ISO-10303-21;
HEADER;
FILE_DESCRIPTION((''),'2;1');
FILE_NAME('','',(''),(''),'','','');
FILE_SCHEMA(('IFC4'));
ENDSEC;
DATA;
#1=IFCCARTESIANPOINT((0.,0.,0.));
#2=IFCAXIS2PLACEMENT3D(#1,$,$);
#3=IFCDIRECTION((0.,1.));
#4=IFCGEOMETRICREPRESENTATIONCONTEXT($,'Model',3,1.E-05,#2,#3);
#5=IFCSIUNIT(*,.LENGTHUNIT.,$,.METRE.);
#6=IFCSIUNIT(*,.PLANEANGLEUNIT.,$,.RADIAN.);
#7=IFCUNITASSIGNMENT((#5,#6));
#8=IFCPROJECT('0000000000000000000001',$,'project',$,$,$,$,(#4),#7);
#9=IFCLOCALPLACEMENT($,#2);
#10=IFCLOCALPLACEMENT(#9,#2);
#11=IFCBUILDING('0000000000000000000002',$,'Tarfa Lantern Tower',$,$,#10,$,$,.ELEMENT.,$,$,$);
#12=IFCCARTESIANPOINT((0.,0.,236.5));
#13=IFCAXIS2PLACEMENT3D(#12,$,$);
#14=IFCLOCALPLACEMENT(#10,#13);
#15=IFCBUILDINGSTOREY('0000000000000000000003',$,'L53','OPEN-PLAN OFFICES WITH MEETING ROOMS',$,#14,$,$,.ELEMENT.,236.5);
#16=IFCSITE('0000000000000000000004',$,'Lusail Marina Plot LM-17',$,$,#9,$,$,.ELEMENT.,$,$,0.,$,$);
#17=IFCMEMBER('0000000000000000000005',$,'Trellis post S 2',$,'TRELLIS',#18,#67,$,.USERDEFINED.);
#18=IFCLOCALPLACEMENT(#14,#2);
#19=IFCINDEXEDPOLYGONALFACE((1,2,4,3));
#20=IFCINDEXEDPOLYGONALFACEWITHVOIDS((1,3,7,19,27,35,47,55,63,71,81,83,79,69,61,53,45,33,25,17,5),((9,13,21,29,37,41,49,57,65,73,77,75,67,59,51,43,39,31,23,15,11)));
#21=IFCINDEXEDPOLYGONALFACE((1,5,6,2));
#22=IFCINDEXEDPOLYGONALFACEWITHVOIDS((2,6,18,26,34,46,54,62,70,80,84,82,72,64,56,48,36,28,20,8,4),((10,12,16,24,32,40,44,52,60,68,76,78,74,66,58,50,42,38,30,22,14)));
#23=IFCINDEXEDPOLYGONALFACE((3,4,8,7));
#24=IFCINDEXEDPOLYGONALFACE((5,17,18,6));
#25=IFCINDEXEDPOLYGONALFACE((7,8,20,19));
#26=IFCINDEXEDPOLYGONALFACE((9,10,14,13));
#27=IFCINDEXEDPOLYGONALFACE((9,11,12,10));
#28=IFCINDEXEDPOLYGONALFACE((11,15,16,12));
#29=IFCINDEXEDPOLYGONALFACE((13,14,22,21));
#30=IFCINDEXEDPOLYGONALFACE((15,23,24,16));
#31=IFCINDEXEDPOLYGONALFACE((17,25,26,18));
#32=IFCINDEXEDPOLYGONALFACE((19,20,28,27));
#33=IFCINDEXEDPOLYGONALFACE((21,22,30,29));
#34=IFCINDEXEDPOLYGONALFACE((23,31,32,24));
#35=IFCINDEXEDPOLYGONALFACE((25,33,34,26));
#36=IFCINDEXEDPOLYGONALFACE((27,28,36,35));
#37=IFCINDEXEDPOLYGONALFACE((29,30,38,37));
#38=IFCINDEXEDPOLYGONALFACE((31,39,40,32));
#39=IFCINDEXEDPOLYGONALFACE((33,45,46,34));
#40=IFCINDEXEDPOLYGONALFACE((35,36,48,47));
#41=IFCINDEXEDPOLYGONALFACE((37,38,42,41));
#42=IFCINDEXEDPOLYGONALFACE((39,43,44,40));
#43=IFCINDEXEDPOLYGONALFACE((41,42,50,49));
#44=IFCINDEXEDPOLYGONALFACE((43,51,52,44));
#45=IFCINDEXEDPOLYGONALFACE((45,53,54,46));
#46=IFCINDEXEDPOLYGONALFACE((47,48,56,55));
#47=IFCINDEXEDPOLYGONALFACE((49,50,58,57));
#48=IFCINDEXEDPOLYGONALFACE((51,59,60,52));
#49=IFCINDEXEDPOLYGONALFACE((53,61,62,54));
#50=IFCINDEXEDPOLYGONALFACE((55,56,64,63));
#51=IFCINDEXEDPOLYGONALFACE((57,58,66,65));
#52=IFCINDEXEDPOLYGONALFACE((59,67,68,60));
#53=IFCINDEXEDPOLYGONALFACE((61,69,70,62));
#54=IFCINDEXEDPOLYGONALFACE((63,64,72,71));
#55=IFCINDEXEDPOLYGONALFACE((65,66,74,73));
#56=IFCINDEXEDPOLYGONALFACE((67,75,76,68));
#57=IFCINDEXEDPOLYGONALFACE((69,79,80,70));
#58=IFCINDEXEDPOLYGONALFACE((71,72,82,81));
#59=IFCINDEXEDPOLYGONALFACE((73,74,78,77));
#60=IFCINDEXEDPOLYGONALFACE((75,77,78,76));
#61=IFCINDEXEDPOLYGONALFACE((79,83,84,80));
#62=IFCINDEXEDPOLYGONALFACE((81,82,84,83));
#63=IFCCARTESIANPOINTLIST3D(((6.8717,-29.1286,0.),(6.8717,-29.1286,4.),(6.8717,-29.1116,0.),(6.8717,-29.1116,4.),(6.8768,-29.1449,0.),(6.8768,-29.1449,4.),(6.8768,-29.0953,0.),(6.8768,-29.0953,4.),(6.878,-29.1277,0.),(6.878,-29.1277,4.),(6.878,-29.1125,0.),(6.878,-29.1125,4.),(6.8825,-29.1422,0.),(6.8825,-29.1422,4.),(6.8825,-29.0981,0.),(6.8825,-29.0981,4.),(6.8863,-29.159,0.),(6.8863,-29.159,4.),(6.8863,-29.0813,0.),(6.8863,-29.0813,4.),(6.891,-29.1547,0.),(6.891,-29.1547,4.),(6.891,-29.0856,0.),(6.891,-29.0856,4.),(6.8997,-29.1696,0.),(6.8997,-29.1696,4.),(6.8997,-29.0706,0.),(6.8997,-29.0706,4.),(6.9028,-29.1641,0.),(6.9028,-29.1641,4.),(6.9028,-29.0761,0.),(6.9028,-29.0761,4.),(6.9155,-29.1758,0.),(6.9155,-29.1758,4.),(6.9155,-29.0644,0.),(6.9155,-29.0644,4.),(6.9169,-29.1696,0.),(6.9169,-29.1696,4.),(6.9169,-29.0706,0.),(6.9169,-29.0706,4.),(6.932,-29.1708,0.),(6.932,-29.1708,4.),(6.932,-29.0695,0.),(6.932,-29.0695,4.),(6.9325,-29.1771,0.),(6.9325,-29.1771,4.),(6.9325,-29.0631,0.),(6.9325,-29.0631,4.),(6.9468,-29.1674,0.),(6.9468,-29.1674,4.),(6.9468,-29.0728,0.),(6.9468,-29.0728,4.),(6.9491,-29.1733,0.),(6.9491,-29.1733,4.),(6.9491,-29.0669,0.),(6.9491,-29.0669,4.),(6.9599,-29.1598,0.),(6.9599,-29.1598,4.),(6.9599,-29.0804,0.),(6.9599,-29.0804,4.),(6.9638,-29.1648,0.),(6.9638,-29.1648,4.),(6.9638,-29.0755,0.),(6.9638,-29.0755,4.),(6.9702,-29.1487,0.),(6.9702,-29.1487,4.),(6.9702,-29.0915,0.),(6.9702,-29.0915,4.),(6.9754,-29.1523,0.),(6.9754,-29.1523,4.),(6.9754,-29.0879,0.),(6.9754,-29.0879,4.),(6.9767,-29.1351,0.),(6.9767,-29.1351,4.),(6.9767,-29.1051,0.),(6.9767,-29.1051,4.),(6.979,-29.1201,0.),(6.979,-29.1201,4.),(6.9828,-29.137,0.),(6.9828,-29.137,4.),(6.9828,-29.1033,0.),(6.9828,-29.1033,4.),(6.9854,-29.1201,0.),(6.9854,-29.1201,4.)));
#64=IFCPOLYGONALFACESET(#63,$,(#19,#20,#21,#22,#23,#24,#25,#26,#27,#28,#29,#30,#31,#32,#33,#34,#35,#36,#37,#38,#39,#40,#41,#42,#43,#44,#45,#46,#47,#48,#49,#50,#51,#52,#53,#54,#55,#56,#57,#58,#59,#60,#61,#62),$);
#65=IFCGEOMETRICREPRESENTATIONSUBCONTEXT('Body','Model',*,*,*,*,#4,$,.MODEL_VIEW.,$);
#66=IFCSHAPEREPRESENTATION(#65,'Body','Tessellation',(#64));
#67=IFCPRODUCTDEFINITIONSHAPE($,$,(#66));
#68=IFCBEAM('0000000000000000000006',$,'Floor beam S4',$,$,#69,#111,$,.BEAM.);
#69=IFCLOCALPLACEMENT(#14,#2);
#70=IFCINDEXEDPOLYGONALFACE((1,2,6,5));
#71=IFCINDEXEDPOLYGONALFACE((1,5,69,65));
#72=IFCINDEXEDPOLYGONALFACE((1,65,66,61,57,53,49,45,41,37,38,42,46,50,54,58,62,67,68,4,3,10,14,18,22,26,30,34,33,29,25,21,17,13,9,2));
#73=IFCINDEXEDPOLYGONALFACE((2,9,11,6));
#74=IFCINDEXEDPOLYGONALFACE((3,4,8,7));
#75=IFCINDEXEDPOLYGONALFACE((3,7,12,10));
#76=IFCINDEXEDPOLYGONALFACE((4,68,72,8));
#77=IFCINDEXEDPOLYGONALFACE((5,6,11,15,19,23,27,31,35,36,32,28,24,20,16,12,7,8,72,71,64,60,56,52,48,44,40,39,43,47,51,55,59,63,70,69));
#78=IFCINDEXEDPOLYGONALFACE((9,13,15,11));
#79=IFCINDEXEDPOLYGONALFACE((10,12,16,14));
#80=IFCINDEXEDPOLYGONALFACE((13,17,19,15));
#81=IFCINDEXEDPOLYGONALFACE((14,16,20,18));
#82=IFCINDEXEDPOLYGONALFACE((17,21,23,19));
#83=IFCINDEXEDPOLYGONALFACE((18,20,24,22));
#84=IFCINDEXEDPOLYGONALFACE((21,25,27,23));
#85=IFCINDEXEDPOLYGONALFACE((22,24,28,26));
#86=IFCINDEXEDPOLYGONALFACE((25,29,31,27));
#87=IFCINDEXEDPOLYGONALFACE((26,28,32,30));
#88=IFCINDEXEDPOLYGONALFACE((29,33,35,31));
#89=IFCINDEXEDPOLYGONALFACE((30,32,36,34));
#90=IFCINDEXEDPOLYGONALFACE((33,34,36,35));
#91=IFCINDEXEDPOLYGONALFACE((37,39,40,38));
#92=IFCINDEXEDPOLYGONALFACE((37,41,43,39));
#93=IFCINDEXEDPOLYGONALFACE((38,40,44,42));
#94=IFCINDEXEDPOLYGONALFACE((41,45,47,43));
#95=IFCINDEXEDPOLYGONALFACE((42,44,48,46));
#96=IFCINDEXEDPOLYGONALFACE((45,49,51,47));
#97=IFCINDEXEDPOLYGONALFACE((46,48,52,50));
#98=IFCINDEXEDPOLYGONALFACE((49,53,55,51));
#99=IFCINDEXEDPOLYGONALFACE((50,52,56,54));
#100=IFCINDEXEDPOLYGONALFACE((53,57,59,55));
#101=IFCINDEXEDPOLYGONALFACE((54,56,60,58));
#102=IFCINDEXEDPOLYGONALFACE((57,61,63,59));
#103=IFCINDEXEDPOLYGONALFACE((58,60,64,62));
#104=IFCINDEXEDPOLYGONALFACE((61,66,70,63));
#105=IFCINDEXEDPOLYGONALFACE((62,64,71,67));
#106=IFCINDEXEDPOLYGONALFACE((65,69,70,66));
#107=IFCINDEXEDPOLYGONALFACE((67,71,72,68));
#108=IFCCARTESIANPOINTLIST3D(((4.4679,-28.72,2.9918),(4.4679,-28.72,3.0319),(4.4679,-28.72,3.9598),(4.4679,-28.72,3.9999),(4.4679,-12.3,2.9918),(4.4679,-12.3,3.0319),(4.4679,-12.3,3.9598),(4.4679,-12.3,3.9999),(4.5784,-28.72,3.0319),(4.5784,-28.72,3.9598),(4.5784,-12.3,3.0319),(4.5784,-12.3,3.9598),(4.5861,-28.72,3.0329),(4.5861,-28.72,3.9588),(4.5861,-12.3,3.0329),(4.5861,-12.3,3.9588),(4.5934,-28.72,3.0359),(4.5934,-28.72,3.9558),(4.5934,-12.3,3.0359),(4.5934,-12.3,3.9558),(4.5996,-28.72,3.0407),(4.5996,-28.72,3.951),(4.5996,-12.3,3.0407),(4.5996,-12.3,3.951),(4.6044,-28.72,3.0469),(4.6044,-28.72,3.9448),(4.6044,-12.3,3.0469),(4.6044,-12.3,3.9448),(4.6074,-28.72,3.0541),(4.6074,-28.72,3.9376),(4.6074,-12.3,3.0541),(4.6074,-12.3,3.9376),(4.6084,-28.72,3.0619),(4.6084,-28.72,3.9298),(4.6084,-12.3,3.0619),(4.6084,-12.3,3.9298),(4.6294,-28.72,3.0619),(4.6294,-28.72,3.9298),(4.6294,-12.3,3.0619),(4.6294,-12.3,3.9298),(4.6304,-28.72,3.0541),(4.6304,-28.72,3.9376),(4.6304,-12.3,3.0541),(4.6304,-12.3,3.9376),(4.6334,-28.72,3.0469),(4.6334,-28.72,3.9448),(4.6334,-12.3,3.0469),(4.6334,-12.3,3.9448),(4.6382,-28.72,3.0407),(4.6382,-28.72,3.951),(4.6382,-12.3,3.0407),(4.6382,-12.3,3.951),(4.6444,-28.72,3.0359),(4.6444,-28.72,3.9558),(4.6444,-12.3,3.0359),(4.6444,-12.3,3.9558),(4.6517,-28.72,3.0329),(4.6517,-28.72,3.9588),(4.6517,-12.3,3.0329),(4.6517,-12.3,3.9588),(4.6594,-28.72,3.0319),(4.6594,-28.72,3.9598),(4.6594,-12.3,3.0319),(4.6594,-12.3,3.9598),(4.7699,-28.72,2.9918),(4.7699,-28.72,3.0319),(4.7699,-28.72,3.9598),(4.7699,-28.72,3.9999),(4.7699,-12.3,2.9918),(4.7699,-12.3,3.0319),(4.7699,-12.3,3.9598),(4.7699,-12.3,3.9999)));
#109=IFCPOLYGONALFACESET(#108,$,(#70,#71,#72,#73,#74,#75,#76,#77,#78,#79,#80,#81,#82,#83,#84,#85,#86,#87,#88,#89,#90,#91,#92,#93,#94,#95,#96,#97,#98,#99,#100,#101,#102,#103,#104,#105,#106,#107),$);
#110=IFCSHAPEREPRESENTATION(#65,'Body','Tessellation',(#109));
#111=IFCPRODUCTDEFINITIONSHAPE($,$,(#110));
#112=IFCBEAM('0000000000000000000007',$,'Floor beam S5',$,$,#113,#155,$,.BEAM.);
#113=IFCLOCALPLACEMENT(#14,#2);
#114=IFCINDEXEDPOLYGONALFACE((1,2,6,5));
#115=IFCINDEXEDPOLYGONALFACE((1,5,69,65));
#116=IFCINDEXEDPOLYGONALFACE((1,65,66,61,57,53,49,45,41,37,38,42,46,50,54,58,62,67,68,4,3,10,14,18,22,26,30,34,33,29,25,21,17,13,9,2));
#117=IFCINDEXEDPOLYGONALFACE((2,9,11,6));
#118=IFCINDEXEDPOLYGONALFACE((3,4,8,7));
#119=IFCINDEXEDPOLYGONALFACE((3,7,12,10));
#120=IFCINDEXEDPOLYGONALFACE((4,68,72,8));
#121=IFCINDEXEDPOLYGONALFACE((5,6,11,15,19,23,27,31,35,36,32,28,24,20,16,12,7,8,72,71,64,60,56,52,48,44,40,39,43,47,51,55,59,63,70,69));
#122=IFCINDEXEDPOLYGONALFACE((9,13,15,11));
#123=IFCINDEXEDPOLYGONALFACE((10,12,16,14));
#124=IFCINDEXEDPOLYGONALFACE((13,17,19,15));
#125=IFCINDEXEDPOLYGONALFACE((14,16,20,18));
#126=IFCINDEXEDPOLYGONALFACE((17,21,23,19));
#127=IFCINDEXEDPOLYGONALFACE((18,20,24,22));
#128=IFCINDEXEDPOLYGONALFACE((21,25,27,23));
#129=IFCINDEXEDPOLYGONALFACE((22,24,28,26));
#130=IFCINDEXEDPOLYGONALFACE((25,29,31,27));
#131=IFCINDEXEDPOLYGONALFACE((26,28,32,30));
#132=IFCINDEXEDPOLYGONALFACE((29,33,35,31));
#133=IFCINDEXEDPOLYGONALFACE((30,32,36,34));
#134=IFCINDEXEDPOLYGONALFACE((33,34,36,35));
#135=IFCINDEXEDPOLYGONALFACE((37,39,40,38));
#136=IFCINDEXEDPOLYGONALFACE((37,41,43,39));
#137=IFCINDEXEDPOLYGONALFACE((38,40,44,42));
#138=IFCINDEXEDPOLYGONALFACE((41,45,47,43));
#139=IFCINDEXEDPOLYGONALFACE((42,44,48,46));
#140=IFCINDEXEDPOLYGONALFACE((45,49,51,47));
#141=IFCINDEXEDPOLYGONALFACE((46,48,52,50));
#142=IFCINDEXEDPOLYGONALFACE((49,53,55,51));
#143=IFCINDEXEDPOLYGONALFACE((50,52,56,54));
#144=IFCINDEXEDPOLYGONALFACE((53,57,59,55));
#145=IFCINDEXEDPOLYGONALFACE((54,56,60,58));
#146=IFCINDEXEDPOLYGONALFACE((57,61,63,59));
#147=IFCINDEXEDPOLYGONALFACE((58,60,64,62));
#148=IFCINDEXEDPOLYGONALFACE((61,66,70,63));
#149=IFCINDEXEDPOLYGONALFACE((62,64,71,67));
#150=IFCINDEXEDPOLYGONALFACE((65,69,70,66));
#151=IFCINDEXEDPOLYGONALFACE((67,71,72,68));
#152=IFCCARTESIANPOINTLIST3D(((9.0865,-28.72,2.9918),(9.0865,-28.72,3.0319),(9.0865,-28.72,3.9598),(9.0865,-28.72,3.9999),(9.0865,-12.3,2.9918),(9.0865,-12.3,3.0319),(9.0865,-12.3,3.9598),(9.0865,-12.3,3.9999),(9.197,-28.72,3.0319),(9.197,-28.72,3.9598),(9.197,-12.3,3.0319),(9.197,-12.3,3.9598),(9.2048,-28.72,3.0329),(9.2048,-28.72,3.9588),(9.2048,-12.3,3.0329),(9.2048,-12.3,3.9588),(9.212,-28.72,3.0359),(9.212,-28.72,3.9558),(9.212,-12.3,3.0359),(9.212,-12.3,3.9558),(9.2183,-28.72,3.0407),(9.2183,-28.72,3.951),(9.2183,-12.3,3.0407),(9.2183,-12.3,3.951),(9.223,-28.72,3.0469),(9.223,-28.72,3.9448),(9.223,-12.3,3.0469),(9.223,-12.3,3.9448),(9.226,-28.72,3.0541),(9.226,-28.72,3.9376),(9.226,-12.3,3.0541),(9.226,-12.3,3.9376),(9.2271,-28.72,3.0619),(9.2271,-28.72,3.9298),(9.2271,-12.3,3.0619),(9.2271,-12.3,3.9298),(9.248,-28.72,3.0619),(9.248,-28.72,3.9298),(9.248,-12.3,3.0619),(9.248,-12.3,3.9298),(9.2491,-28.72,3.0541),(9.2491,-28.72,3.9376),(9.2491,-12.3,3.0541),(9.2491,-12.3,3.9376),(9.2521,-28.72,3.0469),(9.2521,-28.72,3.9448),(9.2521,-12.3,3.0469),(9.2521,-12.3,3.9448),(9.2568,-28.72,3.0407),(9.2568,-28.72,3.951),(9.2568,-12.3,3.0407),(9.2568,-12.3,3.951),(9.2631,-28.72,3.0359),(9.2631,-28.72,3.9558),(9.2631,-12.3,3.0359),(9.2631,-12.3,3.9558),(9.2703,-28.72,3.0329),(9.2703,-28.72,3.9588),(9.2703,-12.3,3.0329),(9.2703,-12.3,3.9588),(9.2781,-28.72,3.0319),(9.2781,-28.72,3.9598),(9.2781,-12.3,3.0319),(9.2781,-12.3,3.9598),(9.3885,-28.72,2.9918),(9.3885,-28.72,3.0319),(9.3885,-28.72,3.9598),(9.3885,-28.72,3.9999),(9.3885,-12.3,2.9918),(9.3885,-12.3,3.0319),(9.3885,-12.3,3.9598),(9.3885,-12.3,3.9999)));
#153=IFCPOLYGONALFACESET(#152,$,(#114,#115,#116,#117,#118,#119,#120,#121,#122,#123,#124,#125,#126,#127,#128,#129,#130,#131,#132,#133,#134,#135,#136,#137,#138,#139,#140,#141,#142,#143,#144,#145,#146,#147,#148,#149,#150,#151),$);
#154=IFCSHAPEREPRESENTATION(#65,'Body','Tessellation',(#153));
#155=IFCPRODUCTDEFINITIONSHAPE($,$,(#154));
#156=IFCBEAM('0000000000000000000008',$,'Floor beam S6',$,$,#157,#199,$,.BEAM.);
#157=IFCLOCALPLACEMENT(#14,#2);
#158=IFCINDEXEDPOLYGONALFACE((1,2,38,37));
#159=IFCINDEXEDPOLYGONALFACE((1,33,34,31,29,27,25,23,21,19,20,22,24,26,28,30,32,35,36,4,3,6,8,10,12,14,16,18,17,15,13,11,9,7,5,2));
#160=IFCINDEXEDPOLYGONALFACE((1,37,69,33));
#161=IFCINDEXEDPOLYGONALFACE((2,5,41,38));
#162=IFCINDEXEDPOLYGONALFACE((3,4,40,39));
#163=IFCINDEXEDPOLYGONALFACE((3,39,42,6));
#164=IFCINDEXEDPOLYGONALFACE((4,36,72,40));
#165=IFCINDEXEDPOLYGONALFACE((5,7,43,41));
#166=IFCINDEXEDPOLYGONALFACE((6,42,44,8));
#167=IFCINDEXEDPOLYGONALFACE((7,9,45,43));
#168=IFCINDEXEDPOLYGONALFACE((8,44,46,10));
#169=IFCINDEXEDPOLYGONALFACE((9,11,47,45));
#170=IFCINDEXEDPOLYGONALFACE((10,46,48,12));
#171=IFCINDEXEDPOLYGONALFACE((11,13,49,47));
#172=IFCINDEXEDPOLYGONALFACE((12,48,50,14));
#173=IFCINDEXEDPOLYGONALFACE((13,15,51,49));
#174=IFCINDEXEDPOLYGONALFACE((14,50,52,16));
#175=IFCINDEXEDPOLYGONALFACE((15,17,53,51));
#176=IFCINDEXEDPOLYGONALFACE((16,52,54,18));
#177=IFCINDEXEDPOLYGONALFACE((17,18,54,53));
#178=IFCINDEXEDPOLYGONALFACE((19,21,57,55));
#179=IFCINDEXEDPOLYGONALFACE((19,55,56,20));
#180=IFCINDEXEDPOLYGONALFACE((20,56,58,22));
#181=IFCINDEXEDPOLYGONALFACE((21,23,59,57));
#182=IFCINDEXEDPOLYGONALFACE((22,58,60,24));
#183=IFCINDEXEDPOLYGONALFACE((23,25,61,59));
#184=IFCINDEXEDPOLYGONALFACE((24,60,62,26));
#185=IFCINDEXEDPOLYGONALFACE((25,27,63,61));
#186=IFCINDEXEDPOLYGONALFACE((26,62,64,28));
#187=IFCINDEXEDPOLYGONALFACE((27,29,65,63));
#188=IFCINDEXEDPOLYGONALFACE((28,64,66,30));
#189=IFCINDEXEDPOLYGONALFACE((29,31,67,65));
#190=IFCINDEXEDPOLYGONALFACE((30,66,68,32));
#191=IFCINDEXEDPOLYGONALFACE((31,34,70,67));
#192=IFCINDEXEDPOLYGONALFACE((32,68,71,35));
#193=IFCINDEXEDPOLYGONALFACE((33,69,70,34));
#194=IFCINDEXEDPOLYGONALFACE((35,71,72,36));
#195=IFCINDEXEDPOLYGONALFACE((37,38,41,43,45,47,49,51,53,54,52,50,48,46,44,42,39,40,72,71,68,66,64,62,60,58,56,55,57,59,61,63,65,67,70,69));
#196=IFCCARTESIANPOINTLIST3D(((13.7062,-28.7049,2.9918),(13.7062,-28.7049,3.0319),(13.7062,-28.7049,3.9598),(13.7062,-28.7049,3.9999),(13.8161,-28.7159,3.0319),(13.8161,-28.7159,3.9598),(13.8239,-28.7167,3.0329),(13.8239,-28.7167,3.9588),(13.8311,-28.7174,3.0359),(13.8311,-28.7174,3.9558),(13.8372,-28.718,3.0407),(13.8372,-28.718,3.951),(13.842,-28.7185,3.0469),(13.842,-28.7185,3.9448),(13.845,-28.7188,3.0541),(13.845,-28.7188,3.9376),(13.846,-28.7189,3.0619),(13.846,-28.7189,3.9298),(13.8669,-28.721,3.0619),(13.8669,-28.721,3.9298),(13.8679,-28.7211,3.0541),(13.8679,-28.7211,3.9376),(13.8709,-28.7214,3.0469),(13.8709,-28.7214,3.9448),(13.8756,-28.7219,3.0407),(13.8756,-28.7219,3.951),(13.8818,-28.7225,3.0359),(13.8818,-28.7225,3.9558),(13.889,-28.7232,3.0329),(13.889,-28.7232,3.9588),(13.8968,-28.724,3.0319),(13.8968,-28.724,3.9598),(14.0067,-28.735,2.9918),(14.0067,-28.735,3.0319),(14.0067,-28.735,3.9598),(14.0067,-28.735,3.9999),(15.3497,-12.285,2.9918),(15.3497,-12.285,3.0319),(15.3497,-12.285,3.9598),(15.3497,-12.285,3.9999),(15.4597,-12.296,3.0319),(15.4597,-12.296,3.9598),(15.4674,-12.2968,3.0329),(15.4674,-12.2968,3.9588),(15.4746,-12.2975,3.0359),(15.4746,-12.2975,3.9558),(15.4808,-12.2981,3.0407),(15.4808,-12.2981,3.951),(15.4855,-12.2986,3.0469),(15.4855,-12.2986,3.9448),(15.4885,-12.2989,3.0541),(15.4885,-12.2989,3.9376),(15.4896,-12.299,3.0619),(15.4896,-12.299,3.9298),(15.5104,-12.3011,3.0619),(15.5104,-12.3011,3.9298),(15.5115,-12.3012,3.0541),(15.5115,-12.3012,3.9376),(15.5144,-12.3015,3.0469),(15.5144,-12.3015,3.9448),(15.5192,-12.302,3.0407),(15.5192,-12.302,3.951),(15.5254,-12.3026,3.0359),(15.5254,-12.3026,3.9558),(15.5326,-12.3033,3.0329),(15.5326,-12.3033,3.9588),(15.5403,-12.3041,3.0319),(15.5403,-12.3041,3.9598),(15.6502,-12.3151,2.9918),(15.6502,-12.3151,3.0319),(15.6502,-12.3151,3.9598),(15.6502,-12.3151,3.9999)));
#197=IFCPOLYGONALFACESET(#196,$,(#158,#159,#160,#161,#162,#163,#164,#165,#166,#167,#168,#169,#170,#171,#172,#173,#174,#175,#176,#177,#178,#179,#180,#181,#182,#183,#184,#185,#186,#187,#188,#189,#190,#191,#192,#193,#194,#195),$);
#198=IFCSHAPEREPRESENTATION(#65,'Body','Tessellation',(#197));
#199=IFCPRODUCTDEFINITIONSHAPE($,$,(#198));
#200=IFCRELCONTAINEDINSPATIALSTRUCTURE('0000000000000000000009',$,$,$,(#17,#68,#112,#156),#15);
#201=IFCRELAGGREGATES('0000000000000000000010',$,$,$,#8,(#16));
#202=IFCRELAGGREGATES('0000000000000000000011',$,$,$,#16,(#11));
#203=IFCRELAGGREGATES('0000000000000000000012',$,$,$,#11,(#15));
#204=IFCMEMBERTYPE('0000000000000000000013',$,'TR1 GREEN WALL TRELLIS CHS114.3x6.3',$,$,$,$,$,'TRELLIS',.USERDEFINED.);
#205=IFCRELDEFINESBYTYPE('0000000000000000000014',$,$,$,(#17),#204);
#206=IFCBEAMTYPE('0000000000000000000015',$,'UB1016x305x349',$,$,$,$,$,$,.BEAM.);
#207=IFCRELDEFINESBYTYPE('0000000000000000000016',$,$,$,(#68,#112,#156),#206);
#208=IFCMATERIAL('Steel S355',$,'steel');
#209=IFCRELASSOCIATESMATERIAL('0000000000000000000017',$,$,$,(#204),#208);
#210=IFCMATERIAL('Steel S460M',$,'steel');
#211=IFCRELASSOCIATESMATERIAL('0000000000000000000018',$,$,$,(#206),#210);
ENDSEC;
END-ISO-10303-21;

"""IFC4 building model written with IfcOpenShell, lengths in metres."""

from ifc_helpers import new_model, si_unit, direction, frame, origin, origin_2d, place, context, subcontext, project, spatial, hollow_circle, i_section, extrude, material, material_profile, profile_set, type_object, element, save


model = new_model("IFC4")

# Units and contexts
model_context = context("Model", 3, precision=1e-05, world=origin(), true_north=direction((0.0, 1.0)))
body_context = subcontext(model_context, "Body", "Model", "MODEL_VIEW")
ifc_project = project(units=[si_unit("LENGTHUNIT", "METRE"), si_unit("PLANEANGLEUNIT", "RADIAN")], contexts=[model_context])

# Site, building, storey
site_placement = place(None, origin())
site = spatial("IfcSite", under=ifc_project, at=site_placement, Name="Lusail Marina Plot LM-17", CompositionType="ELEMENT", RefElevation=0.0)
building_placement = place(site_placement, origin())
building = spatial("IfcBuilding", under=site, at=building_placement, Name="Tarfa Lantern Tower", CompositionType="ELEMENT")
storey_placement = place(building_placement, frame((0.0, 0.0, 236.5)))
storey = spatial("IfcBuildingStorey", under=building, at=storey_placement, Name="L53", Description="OPEN-PLAN OFFICES WITH MEETING ROOMS", CompositionType="ELEMENT", Elevation=236.5)

# Member
ifc_material_1 = material(Name="Steel S355", Category="steel")
ifc_material_profile_1 = material_profile(ifc_material_1, hollow_circle(Radius=0.0571, WallThickness=0.0063, at=origin_2d()), Name="CHS114.3x6.3")
ifc_profile_set_1 = profile_set([ifc_material_profile_1], Name="Steel S355")
member_type_1 = type_object("IfcMemberType", Name="TR1 GREEN WALL TRELLIS CHS114.3x6.3", ElementType="TRELLIS", PredefinedType="USERDEFINED", material=ifc_profile_set_1)
member_1_placement = place(storey_placement, frame((6.9282, -29.1201, 0.0), z_axis=(0.0, 0.0, 1.0), x_axis=(1.0, 0.0, 0.0)))
element("IfcMember", 1, at=member_1_placement, inside=storey, type_object=member_type_1, Name="Trellis post S 2", ObjectType="TRELLIS", PredefinedType="USERDEFINED", context=body_context, shape_type="SweptSolid", body=[
    extrude(hollow_circle(Radius=0.0571, WallThickness=0.0063, at=origin_2d()), origin(), (0.0, 0.0, 1.0), 4.0),
])

# Beams
ifc_material_2 = material(Name="Steel S460M", Category="steel")
ifc_material_profile_2 = material_profile(ifc_material_2, i_section(OverallWidth=0.302, OverallDepth=1.0081, WebThickness=0.021, FlangeThickness=0.04, FilletRadius=0.03, at=origin_2d()), Name="UB1016x305x349")
ifc_profile_set_2 = profile_set([ifc_material_profile_2], Name="Steel S460M")
beam_type_1 = type_object("IfcBeamType", Name="UB1016x305x349", PredefinedType="BEAM", material=ifc_profile_set_2)
for number, where, z_axis, x_axis, name in (
    (2, (4.6189, -28.72, 3.4958), (0.0, 1.0, 0.0), (-1.0, 0.0, 0.0), "Floor beam S4"),
    (3, (9.2375, -28.72, 3.4958), (0.0, 1.0, 0.0), (-1.0, 0.0, 0.0), "Floor beam S5"),
):
    element("IfcBeam", number, at=place(storey_placement, frame(where, z_axis=z_axis, x_axis=x_axis)), inside=storey, type_object=beam_type_1, Name=name, PredefinedType="BEAM", context=body_context, shape_type="SweptSolid", body=[
        extrude(i_section(OverallWidth=0.302, OverallDepth=1.0081, WebThickness=0.021, FlangeThickness=0.04, FilletRadius=0.03, at=origin_2d()), origin(), (0.0, 0.0, 1.0), 16.4199),
    ])
beam_1_placement = place(storey_placement, frame((13.8564, -28.72, 3.4958), z_axis=(0.099597, 0.995028, 0.0), x_axis=(-0.995028, 0.099597, 0.0)))
element("IfcBeam", 4, at=beam_1_placement, inside=storey, type_object=beam_type_1, Name="Floor beam S6", PredefinedType="BEAM", context=body_context, shape_type="SweptSolid", body=[
    extrude(i_section(OverallWidth=0.302, OverallDepth=1.0081, WebThickness=0.021, FlangeThickness=0.04, FilletRadius=0.03, at=origin_2d()), origin(), (0.0, 0.0, 1.0), 16.502),
])

save(model, "model.ifc")
